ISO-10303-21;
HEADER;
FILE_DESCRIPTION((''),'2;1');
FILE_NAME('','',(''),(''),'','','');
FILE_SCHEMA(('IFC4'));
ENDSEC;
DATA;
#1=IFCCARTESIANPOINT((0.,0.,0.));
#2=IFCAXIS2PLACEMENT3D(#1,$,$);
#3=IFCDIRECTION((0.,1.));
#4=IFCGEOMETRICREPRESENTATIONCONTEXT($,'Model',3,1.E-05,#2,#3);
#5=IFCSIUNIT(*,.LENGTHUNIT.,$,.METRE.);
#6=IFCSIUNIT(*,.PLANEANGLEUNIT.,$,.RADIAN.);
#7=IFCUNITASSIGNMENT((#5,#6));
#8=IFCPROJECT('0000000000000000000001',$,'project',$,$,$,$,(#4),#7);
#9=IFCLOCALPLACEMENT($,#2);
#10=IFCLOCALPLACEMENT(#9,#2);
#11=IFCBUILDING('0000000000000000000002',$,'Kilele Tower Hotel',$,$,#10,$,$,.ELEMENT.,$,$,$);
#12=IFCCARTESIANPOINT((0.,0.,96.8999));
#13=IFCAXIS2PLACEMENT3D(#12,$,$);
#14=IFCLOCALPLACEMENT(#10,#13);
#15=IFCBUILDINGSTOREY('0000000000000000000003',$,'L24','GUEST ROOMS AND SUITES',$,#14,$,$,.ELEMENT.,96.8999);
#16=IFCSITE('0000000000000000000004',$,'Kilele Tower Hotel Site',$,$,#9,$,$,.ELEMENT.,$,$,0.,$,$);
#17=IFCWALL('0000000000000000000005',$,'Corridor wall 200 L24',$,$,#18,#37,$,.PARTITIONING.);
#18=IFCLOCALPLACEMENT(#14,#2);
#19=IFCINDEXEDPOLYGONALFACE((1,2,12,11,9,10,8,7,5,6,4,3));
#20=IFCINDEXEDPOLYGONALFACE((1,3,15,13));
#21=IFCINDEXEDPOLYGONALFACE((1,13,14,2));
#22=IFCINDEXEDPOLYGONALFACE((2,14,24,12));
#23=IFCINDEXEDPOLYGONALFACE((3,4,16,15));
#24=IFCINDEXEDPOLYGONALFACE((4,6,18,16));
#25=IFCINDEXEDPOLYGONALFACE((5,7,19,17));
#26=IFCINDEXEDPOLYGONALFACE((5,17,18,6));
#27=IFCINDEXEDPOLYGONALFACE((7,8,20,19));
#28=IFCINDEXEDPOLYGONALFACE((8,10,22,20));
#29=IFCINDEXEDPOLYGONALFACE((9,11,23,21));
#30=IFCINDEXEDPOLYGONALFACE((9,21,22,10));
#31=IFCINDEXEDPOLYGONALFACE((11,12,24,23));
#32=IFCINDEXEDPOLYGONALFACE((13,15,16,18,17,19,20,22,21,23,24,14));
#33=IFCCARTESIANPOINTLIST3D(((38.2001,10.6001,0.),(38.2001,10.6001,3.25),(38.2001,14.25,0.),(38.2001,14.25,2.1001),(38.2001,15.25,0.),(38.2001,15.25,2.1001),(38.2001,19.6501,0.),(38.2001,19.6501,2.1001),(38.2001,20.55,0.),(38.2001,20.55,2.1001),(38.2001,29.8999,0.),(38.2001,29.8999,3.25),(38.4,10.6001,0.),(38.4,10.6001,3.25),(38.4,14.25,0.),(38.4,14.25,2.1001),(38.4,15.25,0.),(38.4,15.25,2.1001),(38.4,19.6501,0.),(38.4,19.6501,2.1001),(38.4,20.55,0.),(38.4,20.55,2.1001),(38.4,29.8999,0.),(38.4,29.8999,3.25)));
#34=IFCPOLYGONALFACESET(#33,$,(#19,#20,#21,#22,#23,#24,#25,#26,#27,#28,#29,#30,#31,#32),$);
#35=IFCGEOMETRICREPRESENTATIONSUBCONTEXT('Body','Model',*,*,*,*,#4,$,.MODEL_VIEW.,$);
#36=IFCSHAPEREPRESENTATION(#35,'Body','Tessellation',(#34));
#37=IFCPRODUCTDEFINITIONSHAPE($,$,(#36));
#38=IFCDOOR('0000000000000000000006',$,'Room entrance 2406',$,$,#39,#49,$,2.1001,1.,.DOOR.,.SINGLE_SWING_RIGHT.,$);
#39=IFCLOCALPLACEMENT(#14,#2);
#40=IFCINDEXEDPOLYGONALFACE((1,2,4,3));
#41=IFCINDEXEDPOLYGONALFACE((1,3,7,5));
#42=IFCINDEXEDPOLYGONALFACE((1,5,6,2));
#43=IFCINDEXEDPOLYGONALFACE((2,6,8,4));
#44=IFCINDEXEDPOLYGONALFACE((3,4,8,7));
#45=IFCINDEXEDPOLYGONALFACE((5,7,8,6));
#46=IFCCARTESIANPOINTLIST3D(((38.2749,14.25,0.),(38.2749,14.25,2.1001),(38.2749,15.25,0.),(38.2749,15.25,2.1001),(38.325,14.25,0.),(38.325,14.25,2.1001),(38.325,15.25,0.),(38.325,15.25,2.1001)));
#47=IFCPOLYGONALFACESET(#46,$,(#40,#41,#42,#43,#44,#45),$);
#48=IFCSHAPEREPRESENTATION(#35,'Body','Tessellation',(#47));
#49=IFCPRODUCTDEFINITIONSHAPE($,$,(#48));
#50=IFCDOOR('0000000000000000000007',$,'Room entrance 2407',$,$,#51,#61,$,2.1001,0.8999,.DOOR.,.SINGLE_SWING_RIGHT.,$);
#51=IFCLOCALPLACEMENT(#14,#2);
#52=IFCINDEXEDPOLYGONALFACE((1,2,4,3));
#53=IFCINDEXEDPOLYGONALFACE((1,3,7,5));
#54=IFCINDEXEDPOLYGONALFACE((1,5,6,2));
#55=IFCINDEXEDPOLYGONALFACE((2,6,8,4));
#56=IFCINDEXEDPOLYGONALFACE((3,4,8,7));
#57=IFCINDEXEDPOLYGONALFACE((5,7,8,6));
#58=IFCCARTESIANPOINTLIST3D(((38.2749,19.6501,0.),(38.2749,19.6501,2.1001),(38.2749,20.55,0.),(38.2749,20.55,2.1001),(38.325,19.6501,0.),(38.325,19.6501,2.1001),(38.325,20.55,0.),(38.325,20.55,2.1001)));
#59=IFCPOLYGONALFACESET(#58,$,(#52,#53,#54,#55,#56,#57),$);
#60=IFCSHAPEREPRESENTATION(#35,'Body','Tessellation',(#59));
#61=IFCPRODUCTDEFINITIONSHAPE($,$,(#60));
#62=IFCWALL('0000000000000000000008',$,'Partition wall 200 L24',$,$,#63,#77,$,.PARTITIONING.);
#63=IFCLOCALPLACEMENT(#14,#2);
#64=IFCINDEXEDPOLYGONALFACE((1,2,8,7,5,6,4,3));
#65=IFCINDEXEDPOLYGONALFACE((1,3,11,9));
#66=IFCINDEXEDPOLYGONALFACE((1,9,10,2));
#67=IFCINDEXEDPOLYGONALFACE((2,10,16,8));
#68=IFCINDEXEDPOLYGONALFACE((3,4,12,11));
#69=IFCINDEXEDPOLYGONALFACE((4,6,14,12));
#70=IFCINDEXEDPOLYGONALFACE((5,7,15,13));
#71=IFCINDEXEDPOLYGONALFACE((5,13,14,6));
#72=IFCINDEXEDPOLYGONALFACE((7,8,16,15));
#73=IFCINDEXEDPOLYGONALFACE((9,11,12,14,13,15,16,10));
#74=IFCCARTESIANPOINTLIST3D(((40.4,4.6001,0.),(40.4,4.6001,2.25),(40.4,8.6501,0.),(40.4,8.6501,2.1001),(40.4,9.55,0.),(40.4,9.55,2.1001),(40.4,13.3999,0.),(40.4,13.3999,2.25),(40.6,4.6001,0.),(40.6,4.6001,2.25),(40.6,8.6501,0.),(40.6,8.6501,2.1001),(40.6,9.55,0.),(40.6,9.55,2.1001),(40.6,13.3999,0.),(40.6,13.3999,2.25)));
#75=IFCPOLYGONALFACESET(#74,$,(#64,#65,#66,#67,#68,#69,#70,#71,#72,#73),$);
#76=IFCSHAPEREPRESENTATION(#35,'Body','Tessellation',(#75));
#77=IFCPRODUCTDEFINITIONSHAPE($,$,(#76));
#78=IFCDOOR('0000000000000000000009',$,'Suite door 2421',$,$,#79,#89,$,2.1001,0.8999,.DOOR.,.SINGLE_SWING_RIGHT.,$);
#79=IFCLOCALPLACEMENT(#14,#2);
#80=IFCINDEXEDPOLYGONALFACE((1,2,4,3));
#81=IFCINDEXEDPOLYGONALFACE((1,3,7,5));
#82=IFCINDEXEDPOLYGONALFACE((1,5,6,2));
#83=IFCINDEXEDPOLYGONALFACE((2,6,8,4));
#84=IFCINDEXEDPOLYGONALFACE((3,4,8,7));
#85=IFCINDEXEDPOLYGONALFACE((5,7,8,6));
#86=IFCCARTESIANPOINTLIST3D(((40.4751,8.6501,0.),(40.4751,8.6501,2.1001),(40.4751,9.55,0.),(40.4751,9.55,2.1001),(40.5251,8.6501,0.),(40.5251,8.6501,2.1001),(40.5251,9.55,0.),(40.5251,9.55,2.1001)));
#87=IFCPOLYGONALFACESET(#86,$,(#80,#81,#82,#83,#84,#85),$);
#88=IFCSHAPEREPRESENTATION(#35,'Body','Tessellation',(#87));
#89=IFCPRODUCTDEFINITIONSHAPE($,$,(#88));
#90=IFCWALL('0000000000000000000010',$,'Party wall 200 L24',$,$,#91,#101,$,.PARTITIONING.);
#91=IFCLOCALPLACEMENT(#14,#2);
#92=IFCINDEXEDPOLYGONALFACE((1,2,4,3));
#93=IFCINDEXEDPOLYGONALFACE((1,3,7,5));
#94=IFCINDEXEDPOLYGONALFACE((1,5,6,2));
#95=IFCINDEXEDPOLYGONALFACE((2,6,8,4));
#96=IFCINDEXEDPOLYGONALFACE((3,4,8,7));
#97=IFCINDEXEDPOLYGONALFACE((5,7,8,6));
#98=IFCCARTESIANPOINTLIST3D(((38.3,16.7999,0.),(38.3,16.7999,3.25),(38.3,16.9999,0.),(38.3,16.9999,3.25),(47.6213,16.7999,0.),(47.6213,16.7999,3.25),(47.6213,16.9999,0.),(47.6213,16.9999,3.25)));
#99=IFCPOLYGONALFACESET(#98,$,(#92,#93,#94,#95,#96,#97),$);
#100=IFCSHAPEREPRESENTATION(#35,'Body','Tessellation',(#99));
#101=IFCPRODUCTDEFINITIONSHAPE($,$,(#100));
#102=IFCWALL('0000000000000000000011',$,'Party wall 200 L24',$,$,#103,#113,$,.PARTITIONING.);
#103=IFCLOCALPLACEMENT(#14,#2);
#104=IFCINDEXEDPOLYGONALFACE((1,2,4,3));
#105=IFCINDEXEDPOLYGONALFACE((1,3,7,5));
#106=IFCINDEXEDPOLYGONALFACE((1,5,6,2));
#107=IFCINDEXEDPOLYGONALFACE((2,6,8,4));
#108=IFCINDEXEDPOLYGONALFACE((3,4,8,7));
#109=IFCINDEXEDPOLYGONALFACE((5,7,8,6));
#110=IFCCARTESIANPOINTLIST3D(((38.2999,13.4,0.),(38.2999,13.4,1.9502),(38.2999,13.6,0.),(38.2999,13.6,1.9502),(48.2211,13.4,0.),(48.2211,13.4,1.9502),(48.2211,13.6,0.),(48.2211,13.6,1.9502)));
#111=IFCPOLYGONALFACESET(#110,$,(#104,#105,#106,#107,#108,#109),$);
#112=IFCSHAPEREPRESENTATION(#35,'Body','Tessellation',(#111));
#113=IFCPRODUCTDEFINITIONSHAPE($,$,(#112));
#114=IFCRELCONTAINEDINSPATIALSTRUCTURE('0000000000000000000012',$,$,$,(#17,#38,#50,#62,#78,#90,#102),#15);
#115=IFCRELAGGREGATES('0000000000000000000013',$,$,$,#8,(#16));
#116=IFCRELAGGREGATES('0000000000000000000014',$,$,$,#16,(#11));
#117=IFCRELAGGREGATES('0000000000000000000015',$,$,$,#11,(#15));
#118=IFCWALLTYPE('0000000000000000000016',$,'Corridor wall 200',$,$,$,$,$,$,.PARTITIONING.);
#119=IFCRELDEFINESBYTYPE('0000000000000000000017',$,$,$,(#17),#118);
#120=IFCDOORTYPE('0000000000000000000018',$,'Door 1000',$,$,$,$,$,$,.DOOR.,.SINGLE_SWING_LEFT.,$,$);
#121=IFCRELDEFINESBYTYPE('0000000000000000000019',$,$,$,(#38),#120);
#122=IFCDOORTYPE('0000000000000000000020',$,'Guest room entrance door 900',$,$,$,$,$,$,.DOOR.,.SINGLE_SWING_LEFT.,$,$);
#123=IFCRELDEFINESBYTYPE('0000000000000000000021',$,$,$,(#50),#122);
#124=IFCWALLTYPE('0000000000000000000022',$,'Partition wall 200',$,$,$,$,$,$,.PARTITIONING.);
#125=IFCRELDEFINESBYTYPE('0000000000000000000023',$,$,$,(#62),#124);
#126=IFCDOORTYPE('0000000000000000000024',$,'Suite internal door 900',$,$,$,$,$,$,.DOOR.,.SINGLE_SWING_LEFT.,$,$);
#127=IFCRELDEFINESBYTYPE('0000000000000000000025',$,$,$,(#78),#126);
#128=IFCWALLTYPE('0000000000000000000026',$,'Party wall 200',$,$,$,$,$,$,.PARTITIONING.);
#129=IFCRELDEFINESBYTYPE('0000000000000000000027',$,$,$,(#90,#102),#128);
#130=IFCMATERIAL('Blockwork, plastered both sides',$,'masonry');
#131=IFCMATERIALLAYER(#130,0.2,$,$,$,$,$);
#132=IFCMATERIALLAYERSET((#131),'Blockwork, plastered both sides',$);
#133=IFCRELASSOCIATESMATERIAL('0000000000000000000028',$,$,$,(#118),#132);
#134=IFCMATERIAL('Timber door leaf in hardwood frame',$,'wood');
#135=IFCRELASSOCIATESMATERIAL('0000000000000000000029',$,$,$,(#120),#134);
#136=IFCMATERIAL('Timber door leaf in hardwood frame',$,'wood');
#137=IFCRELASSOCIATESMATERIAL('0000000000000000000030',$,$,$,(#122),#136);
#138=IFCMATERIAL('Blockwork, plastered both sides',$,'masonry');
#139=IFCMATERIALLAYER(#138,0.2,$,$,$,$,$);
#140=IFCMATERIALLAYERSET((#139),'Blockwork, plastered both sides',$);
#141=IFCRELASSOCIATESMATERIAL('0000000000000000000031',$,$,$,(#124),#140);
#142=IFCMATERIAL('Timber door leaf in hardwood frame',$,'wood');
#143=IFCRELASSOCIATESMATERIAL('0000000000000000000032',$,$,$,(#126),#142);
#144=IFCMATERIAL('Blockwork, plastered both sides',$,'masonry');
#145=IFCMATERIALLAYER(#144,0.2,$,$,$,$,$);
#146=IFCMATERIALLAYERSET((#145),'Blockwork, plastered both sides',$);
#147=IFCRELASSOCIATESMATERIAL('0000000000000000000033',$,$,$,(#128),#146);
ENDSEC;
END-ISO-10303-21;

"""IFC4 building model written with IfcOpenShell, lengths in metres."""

from ifc_helpers import new_model, si_unit, direction, frame, frame_2d, origin, place, context, subcontext, project, spatial, rectangle, extrude, material, layer, layer_set, type_object, element, fill, save


model = new_model("IFC4")

# Units and contexts
model_context = context("Model", 3, precision=1e-05, world=origin(), true_north=direction((0.0, 1.0)))
body_context = subcontext(model_context, "Body", "Model", "MODEL_VIEW")
ifc_project = project(units=[si_unit("LENGTHUNIT", "METRE"), si_unit("PLANEANGLEUNIT", "RADIAN")], contexts=[model_context])

# Site, building, storey
site_placement = place(None, origin())
site = spatial("IfcSite", under=ifc_project, at=site_placement, Name="Kilele Tower Hotel Site", CompositionType="ELEMENT", RefElevation=0.0)
building_placement = place(site_placement, origin())
building = spatial("IfcBuilding", under=site, at=building_placement, Name="Kilele Tower Hotel", CompositionType="ELEMENT")
storey_placement = place(building_placement, frame((0.0, 0.0, 96.8999)))
storey = spatial("IfcBuildingStorey", under=building, at=storey_placement, Name="L24", Description="GUEST ROOMS AND SUITES", CompositionType="ELEMENT", Elevation=96.8999)

# Wall, openings, doors
ifc_material_1 = material(Name="Blockwork, plastered both sides", Category="masonry")
ifc_layer_1 = layer(ifc_material_1, 0.2)
ifc_layer_set_1 = layer_set([ifc_layer_1], Name="Blockwork, plastered both sides")
wall_type_1 = type_object("IfcWallType", Name="Corridor wall 200", PredefinedType="PARTITIONING", material=ifc_layer_set_1)
wall_1_placement = place(storey_placement, frame((38.3, 10.6001, 0.0), z_axis=(0.0, 0.0, 1.0), x_axis=(0.0, 1.0, 0.0)))
wall_1 = element("IfcWall", 1, at=wall_1_placement, inside=storey, type_object=wall_type_1, Name="Corridor wall 200 L24", PredefinedType="PARTITIONING", context=body_context, shape_type="SweptSolid", body=[
    extrude(rectangle(XDim=19.2998, YDim=0.2, at=frame_2d((9.6499, 0.0))), origin(), (0.0, 0.0, 1.0), 3.25),
])
opening_1_placement = place(wall_1_placement, frame((4.6499, 0.0, 0.0), z_axis=(0.0, 0.0, 1.0), x_axis=(-1.0, 0.0, 0.0)))
opening_1 = element("IfcOpeningElement", 2, at=opening_1_placement, cuts=wall_1, PredefinedType="OPENING", context=body_context, shape_type="SweptSolid", body=[
    extrude(rectangle(XDim=1.0, YDim=2.1001, at=frame_2d((0.5, 1.05))), frame((0.0, 0.1099, 0.0), z_axis=(0.0, -1.0, 0.0), x_axis=(1.0, 0.0, 0.0)), (0.0, 0.0, 1.0), 0.22),
])
opening_2_placement = place(wall_1_placement, frame((9.95, 0.0, 0.0), z_axis=(0.0, 0.0, 1.0), x_axis=(-1.0, 0.0, 0.0)))
opening_2 = element("IfcOpeningElement", 3, at=opening_2_placement, cuts=wall_1, PredefinedType="OPENING", context=body_context, shape_type="SweptSolid", body=[
    extrude(rectangle(XDim=0.8999, YDim=2.1001, at=frame_2d((0.45, 1.05))), frame((0.0, 0.1099, 0.0), z_axis=(0.0, -1.0, 0.0), x_axis=(1.0, 0.0, 0.0)), (0.0, 0.0, 1.0), 0.22),
])
ifc_material_2 = material(Name="Timber door leaf in hardwood frame", Category="wood")
door_type_1 = type_object("IfcDoorType", Name="Door 1000", OperationType="SINGLE_SWING_LEFT", PredefinedType="DOOR", material=ifc_material_2)
door_1_placement = place(opening_1_placement, origin())
door_1 = element("IfcDoor", 4, at=door_1_placement, inside=storey, type_object=door_type_1, Name="Room entrance 2406", OperationType="SINGLE_SWING_RIGHT", OverallHeight=2.1001, OverallWidth=1.0, PredefinedType="DOOR", context=body_context, shape_type="SweptSolid", body=[
    extrude(rectangle(XDim=1.0, YDim=2.1001, at=frame_2d((0.5, 1.05))), frame((0.0, 0.0249, 0.0), z_axis=(0.0, -1.0, 0.0), x_axis=(1.0, 0.0, 0.0)), (0.0, 0.0, 1.0), 0.05),
])
fill(opening_1, door_1)
ifc_material_3 = material(Name="Timber door leaf in hardwood frame", Category="wood")
door_type_2 = type_object("IfcDoorType", Name="Guest room entrance door 900", OperationType="SINGLE_SWING_LEFT", PredefinedType="DOOR", material=ifc_material_3)
door_2_placement = place(opening_2_placement, origin())
door_2 = element("IfcDoor", 5, at=door_2_placement, inside=storey, type_object=door_type_2, Name="Room entrance 2407", OperationType="SINGLE_SWING_RIGHT", OverallHeight=2.1001, OverallWidth=0.8999, PredefinedType="DOOR", context=body_context, shape_type="SweptSolid", body=[
    extrude(rectangle(XDim=0.8999, YDim=2.1001, at=frame_2d((0.45, 1.05))), frame((0.0, 0.0249, 0.0), z_axis=(0.0, -1.0, 0.0), x_axis=(1.0, 0.0, 0.0)), (0.0, 0.0, 1.0), 0.05),
])
fill(opening_2, door_2)

# Wall, opening, door
ifc_material_4 = material(Name="Blockwork, plastered both sides", Category="masonry")
ifc_layer_2 = layer(ifc_material_4, 0.2)
ifc_layer_set_2 = layer_set([ifc_layer_2], Name="Blockwork, plastered both sides")
wall_type_2 = type_object("IfcWallType", Name="Partition wall 200", PredefinedType="PARTITIONING", material=ifc_layer_set_2)
wall_2_placement = place(storey_placement, frame((40.5, 4.6001, 0.0), z_axis=(0.0, 0.0, 1.0), x_axis=(0.0, 1.0, 0.0)))
wall_2 = element("IfcWall", 6, at=wall_2_placement, inside=storey, type_object=wall_type_2, Name="Partition wall 200 L24", PredefinedType="PARTITIONING", context=body_context, shape_type="SweptSolid", body=[
    extrude(rectangle(XDim=8.7998, YDim=0.2, at=frame_2d((4.3999, 0.0))), origin(), (0.0, 0.0, 1.0), 2.25),
])
opening_3_placement = place(wall_2_placement, frame((4.05, 0.0, 0.0)))
opening_3 = element("IfcOpeningElement", 7, at=opening_3_placement, cuts=wall_2, PredefinedType="OPENING", context=body_context, shape_type="SweptSolid", body=[
    extrude(rectangle(XDim=0.8999, YDim=2.1001, at=frame_2d((0.45, 1.05))), frame((0.0, 0.1099, 0.0), z_axis=(0.0, -1.0, 0.0), x_axis=(1.0, 0.0, 0.0)), (0.0, 0.0, 1.0), 0.22),
])
ifc_material_5 = material(Name="Timber door leaf in hardwood frame", Category="wood")
door_type_3 = type_object("IfcDoorType", Name="Suite internal door 900", OperationType="SINGLE_SWING_LEFT", PredefinedType="DOOR", material=ifc_material_5)
door_3_placement = place(opening_3_placement, origin())
door_3 = element("IfcDoor", 8, at=door_3_placement, inside=storey, type_object=door_type_3, Name="Suite door 2421", OperationType="SINGLE_SWING_RIGHT", OverallHeight=2.1001, OverallWidth=0.8999, PredefinedType="DOOR", context=body_context, shape_type="SweptSolid", body=[
    extrude(rectangle(XDim=0.8999, YDim=2.1001, at=frame_2d((0.45, 1.05))), frame((0.0, 0.0249, 0.0), z_axis=(0.0, -1.0, 0.0), x_axis=(1.0, 0.0, 0.0)), (0.0, 0.0, 1.0), 0.05),
])
fill(opening_3, door_3)

# Walls
ifc_material_6 = material(Name="Blockwork, plastered both sides", Category="masonry")
ifc_layer_3 = layer(ifc_material_6, 0.2)
ifc_layer_set_3 = layer_set([ifc_layer_3], Name="Blockwork, plastered both sides")
wall_type_3 = type_object("IfcWallType", Name="Party wall 200", PredefinedType="PARTITIONING", material=ifc_layer_set_3)
wall_3_placement = place(storey_placement, frame((38.3, 16.8999, 0.0), z_axis=(0.0, 0.0, 1.0), x_axis=(1.0, 0.0, 0.0)))
element("IfcWall", 9, at=wall_3_placement, inside=storey, type_object=wall_type_3, Name="Party wall 200 L24", PredefinedType="PARTITIONING", context=body_context, shape_type="SweptSolid", body=[
    extrude(rectangle(XDim=9.3213, YDim=0.2, at=frame_2d((4.6606, 0.0))), origin(), (0.0, 0.0, 1.0), 3.25),
])
wall_4_placement = place(storey_placement, frame((38.3, 13.5, 0.0), z_axis=(0.0, 0.0, 1.0), x_axis=(1.0, 0.0, 0.0)))
element("IfcWall", 10, at=wall_4_placement, inside=storey, type_object=wall_type_3, Name="Party wall 200 L24", PredefinedType="PARTITIONING", context=body_context, shape_type="SweptSolid", body=[
    extrude(rectangle(XDim=9.9211, YDim=0.2, at=frame_2d((4.9604, 0.0))), origin(), (0.0, 0.0, 1.0), 1.9502),
])

save(model, "model.ifc")
